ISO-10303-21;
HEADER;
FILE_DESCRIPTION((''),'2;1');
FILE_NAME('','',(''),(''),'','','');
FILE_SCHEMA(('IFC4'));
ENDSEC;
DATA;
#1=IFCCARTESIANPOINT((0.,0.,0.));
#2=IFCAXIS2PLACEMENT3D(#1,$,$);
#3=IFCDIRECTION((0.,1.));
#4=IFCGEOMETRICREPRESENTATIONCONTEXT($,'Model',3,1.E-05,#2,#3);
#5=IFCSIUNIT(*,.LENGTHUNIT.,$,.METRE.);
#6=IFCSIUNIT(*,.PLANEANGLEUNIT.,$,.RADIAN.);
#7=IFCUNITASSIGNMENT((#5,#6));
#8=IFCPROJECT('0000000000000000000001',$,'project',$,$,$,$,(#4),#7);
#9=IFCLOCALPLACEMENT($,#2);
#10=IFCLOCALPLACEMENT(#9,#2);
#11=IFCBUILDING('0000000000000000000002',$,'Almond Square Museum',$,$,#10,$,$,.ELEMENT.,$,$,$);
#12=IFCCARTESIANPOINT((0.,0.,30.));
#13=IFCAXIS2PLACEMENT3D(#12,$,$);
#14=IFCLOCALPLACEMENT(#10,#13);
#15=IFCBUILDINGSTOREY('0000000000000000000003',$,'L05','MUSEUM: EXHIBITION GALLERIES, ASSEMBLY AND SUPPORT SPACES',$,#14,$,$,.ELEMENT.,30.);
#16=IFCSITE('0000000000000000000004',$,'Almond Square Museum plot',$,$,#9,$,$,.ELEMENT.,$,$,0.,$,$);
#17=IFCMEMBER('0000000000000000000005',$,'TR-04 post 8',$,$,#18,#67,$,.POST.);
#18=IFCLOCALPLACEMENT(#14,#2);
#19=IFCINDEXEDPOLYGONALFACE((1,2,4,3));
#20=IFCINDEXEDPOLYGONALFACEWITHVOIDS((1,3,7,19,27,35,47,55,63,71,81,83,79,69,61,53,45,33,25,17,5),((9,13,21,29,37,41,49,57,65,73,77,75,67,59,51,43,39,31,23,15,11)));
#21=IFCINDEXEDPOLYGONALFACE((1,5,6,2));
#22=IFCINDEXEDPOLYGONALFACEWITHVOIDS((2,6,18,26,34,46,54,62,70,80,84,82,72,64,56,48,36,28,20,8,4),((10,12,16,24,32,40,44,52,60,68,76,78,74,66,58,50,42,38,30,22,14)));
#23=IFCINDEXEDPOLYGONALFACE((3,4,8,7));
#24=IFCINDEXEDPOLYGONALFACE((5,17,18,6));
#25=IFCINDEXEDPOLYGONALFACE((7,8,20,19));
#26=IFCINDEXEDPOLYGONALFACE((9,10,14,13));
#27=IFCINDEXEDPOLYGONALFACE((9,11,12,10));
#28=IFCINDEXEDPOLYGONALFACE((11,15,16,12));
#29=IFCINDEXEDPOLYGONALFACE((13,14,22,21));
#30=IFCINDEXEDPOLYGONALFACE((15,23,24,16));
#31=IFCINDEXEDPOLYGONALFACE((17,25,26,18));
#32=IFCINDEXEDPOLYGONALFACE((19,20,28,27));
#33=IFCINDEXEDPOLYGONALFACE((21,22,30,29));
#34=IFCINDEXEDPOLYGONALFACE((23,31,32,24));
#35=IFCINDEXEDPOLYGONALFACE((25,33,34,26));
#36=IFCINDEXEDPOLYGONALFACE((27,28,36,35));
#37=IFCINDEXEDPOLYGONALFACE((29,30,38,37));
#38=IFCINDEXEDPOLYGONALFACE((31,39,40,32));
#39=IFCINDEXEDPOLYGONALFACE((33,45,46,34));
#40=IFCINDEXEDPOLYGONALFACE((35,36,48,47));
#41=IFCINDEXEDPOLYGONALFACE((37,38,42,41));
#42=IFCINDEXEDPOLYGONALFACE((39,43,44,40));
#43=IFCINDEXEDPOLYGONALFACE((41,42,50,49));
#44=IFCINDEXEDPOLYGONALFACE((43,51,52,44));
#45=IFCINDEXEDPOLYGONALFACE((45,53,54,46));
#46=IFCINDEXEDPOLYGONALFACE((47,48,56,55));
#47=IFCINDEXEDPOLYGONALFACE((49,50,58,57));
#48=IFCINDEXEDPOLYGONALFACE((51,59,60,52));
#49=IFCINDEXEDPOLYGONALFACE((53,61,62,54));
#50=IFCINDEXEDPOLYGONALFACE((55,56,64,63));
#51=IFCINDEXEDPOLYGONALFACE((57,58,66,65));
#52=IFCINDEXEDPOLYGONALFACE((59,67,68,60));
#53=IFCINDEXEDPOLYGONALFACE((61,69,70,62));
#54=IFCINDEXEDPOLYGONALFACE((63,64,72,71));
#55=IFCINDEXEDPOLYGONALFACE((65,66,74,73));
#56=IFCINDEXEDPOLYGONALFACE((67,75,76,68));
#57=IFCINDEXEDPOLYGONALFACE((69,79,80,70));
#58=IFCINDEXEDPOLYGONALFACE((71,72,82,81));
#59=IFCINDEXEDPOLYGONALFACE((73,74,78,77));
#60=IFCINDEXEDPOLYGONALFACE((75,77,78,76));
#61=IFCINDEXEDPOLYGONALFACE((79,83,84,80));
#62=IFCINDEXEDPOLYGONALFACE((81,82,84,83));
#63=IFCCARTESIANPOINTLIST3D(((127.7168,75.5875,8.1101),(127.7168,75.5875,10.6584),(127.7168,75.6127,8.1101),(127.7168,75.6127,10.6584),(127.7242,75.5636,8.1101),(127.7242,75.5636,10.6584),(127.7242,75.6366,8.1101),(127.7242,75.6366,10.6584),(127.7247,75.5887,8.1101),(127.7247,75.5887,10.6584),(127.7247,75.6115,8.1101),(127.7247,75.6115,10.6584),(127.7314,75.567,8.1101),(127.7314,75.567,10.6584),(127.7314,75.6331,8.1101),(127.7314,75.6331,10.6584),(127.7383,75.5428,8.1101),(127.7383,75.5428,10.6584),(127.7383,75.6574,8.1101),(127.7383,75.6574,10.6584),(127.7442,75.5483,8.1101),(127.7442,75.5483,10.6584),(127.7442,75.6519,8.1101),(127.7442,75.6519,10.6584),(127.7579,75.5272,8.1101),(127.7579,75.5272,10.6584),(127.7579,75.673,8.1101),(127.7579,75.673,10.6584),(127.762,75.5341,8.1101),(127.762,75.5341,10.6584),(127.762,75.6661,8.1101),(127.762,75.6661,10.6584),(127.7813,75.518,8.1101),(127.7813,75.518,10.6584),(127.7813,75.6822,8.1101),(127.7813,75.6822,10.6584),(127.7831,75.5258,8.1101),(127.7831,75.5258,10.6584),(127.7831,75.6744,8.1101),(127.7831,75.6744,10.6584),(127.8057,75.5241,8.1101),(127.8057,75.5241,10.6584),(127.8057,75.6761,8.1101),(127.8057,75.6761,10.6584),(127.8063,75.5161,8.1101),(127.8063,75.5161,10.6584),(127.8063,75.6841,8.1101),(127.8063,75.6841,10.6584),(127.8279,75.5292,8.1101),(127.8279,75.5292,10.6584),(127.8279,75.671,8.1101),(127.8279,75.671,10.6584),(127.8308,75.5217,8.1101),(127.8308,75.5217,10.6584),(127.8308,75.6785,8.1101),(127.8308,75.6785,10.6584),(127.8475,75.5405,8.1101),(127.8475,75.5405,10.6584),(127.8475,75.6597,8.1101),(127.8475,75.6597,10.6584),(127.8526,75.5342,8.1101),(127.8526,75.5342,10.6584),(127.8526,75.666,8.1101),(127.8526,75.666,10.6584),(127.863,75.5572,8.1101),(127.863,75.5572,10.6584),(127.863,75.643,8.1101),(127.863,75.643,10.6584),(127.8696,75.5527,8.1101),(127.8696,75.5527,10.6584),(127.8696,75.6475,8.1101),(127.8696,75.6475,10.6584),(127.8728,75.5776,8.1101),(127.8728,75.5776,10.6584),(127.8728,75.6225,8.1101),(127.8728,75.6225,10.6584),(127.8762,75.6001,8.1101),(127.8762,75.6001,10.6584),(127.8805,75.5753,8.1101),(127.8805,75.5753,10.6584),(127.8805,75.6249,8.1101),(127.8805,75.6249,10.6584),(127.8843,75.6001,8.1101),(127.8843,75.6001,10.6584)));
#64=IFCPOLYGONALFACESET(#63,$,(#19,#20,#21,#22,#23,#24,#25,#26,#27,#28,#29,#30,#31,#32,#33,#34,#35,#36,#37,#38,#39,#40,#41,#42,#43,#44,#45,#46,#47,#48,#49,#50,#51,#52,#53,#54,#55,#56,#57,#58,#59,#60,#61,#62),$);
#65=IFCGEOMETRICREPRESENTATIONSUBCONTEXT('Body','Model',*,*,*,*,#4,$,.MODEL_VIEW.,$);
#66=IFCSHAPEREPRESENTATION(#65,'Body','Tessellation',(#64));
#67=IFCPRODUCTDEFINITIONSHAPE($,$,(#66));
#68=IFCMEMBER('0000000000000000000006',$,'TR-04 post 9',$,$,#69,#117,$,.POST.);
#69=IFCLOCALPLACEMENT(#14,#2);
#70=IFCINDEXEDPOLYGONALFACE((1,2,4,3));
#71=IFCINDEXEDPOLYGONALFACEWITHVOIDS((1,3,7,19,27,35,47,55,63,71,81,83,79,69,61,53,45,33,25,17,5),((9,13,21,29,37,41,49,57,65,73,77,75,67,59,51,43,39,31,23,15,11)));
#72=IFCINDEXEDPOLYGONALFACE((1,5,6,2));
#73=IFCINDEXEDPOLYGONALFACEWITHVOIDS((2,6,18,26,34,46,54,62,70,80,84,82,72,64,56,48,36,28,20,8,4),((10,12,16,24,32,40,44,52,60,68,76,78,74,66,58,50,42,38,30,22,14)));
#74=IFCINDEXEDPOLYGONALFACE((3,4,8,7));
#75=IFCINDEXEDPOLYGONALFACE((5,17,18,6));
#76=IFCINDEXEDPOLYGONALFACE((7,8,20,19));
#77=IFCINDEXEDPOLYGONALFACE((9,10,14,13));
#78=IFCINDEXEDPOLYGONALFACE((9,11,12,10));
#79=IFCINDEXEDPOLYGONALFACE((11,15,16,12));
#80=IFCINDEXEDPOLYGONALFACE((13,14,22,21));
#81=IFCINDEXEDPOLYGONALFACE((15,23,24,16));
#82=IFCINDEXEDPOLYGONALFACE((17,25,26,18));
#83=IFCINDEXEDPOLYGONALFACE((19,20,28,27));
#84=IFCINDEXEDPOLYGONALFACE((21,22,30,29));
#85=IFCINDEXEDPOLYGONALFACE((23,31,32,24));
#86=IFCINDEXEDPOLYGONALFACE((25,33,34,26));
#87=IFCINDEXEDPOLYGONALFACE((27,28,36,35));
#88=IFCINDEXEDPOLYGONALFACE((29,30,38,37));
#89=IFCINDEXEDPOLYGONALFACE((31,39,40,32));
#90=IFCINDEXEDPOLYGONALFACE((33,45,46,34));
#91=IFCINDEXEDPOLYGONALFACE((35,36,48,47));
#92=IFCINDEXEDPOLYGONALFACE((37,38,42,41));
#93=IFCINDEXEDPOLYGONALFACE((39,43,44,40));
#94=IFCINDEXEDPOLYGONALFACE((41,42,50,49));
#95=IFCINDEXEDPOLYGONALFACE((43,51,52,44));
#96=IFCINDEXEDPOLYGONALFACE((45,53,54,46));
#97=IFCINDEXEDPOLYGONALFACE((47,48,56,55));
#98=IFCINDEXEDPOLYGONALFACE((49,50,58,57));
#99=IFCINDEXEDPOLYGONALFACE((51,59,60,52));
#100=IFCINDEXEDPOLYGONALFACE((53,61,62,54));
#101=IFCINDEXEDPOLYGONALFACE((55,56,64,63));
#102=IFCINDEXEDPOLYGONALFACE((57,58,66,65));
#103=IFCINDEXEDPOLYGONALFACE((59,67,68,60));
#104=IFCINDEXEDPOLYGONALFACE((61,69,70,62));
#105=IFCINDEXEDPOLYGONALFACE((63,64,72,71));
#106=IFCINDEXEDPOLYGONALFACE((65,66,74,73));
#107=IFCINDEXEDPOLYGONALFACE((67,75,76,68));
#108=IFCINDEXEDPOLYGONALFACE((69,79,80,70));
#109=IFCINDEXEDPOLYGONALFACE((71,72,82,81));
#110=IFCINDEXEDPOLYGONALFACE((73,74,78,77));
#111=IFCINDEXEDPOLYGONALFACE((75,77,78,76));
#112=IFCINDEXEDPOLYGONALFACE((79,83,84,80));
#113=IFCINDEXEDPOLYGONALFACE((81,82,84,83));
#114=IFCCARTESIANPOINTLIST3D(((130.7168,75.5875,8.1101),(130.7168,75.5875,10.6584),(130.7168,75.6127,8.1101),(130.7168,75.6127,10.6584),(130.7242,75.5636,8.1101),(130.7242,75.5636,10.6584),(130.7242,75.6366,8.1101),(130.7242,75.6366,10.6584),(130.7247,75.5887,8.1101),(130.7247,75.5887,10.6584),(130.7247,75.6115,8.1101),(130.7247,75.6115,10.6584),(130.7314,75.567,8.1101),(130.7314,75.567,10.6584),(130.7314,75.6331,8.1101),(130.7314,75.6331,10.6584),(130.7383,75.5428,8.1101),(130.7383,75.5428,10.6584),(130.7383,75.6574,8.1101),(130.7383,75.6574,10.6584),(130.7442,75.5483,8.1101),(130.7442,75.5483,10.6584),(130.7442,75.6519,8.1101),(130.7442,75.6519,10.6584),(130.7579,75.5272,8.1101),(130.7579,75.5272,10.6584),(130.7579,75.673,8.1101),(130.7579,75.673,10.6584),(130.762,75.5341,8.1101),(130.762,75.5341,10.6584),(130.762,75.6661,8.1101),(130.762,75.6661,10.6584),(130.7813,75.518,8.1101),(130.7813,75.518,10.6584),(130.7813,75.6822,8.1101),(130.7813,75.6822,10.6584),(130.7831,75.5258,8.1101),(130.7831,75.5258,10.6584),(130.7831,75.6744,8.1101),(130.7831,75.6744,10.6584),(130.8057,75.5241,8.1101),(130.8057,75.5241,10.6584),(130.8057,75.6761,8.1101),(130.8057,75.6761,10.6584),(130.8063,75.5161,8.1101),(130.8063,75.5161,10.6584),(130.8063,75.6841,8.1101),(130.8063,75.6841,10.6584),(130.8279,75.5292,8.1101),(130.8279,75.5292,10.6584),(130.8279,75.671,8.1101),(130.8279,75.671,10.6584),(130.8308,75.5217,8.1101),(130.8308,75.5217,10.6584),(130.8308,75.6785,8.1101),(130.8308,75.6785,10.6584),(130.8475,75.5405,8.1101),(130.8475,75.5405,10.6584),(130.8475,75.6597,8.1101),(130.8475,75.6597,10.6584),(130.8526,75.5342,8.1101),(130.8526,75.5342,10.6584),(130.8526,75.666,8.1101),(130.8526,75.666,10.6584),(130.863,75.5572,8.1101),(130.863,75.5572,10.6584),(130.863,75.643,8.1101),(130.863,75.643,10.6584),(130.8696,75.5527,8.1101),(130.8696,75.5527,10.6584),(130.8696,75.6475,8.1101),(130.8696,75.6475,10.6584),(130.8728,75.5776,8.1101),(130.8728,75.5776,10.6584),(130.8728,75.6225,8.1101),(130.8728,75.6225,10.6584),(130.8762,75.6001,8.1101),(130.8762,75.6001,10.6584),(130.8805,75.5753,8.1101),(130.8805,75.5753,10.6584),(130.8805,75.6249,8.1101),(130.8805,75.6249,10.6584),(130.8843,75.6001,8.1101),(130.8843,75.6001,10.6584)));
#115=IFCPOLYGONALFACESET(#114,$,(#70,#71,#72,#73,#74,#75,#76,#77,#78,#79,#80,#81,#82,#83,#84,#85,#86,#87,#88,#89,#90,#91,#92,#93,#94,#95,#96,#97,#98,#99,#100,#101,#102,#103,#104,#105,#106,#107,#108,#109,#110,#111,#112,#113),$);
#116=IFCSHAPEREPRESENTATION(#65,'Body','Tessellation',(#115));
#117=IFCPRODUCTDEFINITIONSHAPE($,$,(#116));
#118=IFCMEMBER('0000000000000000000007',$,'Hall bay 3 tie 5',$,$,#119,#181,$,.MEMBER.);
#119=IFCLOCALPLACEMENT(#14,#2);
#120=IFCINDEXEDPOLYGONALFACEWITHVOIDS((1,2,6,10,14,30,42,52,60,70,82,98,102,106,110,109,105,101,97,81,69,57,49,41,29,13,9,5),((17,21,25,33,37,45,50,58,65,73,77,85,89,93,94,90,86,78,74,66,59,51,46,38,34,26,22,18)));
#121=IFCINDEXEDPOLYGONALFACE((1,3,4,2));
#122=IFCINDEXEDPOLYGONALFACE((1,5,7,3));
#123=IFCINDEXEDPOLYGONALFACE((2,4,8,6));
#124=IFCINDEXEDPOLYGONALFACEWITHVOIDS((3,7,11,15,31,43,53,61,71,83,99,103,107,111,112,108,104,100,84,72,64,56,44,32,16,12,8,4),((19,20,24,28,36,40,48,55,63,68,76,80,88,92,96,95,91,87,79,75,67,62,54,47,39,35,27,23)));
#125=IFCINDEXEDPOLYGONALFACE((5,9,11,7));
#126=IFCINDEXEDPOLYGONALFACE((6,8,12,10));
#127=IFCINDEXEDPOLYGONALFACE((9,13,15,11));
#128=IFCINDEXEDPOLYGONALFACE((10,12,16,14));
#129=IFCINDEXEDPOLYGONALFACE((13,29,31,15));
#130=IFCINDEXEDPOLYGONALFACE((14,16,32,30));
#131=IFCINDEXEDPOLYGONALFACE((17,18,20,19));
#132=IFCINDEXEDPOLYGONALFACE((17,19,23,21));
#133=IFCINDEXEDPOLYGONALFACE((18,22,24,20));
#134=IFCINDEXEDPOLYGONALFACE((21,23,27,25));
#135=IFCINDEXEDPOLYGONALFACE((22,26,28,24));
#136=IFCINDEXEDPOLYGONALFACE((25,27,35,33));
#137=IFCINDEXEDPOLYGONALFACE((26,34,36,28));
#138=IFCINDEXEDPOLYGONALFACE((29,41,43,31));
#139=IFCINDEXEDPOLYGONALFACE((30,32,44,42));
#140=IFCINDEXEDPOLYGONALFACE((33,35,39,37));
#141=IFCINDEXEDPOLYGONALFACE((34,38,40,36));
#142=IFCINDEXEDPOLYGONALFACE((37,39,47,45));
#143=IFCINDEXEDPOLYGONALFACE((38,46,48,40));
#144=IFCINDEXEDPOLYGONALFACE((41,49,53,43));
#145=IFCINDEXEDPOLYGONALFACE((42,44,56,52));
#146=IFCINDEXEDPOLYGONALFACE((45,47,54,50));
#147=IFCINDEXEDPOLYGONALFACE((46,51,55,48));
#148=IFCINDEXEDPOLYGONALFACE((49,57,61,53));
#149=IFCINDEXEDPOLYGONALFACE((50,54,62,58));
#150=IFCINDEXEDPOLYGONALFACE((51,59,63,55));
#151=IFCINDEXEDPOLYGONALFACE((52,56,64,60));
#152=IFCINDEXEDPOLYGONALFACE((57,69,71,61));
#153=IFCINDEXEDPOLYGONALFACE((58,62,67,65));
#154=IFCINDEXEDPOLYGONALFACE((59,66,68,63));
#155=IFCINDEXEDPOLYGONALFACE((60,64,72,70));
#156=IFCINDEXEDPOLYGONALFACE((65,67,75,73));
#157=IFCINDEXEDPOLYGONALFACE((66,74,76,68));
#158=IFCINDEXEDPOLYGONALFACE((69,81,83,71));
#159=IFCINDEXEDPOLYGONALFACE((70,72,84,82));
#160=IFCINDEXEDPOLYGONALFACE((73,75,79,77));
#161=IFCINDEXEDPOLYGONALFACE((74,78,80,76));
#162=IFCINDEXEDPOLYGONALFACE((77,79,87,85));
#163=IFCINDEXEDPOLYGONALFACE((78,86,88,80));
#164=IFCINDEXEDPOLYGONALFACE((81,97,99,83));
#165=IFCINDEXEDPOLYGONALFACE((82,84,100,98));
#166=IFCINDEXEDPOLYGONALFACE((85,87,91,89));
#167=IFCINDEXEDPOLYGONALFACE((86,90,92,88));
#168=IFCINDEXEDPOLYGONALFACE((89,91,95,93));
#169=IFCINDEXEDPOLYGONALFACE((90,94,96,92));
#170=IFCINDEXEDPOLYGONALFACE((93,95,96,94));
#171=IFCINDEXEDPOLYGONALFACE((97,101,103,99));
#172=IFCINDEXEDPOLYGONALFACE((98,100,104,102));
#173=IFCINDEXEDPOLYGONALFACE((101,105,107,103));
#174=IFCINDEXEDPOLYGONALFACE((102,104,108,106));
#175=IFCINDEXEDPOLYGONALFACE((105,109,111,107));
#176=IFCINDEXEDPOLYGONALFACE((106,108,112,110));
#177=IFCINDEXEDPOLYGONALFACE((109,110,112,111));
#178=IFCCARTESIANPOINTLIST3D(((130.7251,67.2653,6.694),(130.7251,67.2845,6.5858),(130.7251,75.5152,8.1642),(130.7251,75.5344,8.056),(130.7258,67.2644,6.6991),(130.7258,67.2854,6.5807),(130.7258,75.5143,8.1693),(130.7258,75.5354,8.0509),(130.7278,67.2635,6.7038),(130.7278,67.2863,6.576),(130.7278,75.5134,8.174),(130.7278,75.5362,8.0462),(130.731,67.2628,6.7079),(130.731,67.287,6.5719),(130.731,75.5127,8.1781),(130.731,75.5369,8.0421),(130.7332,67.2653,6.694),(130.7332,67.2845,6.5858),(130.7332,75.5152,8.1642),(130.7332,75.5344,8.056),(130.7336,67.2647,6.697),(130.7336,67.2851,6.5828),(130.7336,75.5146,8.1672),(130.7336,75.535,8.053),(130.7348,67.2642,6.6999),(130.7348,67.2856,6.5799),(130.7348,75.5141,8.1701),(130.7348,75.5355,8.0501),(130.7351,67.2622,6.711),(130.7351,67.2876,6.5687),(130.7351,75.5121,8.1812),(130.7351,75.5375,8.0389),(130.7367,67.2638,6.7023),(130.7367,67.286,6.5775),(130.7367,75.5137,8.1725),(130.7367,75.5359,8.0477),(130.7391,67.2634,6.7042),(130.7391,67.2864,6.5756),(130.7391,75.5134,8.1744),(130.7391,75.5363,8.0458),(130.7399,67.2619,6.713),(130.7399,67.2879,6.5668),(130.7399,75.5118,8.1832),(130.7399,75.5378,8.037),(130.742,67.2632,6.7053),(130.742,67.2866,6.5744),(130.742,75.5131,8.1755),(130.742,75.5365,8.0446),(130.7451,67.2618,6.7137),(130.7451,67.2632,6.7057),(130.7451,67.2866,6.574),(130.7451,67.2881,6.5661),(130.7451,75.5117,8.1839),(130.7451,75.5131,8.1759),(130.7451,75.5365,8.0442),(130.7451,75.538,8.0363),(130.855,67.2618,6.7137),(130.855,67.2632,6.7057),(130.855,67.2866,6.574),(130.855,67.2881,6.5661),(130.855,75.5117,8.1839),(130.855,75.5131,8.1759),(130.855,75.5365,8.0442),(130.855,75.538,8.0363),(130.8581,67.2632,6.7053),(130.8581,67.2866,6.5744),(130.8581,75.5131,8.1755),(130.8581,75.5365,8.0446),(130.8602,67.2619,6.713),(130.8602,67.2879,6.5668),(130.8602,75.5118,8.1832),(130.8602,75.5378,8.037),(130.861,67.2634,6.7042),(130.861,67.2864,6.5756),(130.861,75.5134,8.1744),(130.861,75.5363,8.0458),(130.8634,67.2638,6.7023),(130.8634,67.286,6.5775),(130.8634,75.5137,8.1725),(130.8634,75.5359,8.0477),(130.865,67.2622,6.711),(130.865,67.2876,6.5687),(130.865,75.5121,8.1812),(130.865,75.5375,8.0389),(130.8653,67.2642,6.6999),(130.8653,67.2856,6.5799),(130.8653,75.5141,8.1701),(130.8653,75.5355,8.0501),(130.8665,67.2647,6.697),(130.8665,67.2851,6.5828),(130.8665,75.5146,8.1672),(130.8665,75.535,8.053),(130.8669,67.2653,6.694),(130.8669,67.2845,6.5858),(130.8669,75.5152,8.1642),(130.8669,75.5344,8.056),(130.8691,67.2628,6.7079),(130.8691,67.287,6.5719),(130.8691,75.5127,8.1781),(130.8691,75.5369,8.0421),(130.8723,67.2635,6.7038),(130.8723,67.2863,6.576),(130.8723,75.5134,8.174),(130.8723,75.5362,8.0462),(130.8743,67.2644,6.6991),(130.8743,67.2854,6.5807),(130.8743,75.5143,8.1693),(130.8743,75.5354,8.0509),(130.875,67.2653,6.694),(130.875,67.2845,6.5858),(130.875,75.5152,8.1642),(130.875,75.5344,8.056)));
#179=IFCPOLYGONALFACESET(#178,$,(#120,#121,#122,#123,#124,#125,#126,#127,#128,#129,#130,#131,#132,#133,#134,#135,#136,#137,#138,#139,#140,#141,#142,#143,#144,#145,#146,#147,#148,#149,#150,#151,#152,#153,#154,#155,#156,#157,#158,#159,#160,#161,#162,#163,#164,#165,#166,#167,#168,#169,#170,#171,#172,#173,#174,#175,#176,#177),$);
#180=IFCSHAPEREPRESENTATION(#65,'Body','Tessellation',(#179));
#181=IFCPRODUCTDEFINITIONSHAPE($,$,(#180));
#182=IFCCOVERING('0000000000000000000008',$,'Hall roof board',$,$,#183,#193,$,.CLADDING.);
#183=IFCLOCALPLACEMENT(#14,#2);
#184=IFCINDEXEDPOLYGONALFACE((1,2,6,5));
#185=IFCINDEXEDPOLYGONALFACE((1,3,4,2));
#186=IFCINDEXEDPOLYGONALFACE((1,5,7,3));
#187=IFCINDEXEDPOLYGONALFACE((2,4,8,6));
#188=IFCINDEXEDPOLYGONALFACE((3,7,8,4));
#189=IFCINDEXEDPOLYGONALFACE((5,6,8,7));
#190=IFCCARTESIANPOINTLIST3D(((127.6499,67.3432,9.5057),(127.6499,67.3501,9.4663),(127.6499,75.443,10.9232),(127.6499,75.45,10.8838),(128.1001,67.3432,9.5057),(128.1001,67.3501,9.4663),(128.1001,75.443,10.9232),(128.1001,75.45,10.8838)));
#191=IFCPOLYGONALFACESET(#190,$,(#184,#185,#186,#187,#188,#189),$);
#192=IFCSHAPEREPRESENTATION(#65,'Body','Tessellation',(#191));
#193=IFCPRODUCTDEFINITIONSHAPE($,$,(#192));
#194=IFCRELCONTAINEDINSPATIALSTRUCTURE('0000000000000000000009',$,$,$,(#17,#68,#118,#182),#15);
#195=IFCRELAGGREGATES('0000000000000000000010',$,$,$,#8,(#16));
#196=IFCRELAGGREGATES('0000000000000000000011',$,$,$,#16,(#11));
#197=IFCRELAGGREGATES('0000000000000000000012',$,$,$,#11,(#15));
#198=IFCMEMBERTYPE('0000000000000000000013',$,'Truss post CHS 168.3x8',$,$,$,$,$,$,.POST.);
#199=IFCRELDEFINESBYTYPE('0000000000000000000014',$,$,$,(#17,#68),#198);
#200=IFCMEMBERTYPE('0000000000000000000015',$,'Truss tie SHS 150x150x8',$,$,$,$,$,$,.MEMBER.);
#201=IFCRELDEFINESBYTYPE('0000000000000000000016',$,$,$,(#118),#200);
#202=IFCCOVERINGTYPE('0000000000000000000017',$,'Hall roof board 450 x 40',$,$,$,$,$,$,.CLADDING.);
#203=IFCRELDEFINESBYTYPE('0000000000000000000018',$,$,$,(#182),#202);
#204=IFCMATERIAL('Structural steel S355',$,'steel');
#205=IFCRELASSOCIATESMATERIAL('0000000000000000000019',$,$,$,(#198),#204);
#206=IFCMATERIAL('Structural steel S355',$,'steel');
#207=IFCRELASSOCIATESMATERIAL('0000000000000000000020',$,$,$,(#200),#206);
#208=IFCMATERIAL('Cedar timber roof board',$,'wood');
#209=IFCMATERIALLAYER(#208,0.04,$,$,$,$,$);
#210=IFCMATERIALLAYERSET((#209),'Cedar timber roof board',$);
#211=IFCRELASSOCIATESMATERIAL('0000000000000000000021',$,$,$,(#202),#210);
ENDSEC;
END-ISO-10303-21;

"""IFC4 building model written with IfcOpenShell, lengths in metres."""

from ifc_helpers import new_model, si_unit, direction, frame, origin, origin_2d, place, context, subcontext, project, spatial, polyline, hollow_rectangle, hollow_circle, outline, extrude, material, layer, layer_set, material_profile, profile_set, type_object, element, save


model = new_model("IFC4")

# Units and contexts
model_context = context("Model", 3, precision=1e-05, world=origin(), true_north=direction((0.0, 1.0)))
body_context = subcontext(model_context, "Body", "Model", "MODEL_VIEW")
ifc_project = project(units=[si_unit("LENGTHUNIT", "METRE"), si_unit("PLANEANGLEUNIT", "RADIAN")], contexts=[model_context])

# Site, building, storey
site_placement = place(None, origin())
site = spatial("IfcSite", under=ifc_project, at=site_placement, Name="Almond Square Museum plot", CompositionType="ELEMENT", RefElevation=0.0)
building_placement = place(site_placement, origin())
building = spatial("IfcBuilding", under=site, at=building_placement, Name="Almond Square Museum", CompositionType="ELEMENT")
storey_placement = place(building_placement, frame((0.0, 0.0, 30.0)))
storey = spatial("IfcBuildingStorey", under=building, at=storey_placement, Name="L05", Description="MUSEUM: EXHIBITION GALLERIES, ASSEMBLY AND SUPPORT SPACES", CompositionType="ELEMENT", Elevation=30.0)

# Members
ifc_material_1 = material(Name="Structural steel S355", Category="steel")
ifc_material_profile_1 = material_profile(ifc_material_1, hollow_circle(Radius=0.0842, WallThickness=0.0081, at=origin_2d()))
ifc_profile_set_1 = profile_set([ifc_material_profile_1], Name="Structural steel S355")
member_type_1 = type_object("IfcMemberType", Name="Truss post CHS 168.3x8", PredefinedType="POST", material=ifc_profile_set_1)
for number, where, z_axis, x_axis, name in (
    (1, (127.8, 75.6001, 8.1101), (0.0, 0.0, 1.0), (1.0, 0.0, 0.0), "TR-04 post 8"),
    (2, (130.8, 75.6001, 8.1101), (0.0, 0.0, 1.0), (1.0, 0.0, 0.0), "TR-04 post 9"),
):
    element("IfcMember", number, at=place(storey_placement, frame(where, z_axis=z_axis, x_axis=x_axis)), inside=storey, type_object=member_type_1, Name=name, PredefinedType="POST", context=body_context, shape_type="SweptSolid", body=[
        extrude(hollow_circle(Radius=0.0842, WallThickness=0.0081, at=origin_2d()), origin(), (0.0, 0.0, 1.0), 2.5483),
    ])
ifc_material_2 = material(Name="Structural steel S355", Category="steel")
ifc_material_profile_2 = material_profile(ifc_material_2, hollow_rectangle(XDim=0.1499, YDim=0.1499, WallThickness=0.0081, InnerFilletRadius=0.012, OuterFilletRadius=0.02, at=origin_2d()))
ifc_profile_set_2 = profile_set([ifc_material_profile_2], Name="Structural steel S355")
member_type_2 = type_object("IfcMemberType", Name="Truss tie SHS 150x150x8", PredefinedType="MEMBER", material=ifc_profile_set_2)
member_1_placement = place(storey_placement, frame((130.8, 67.2749, 6.6399), z_axis=(0.0, 0.984489, 0.175444), x_axis=(-1.0, 0.0, 0.0)))
element("IfcMember", 3, at=member_1_placement, inside=storey, type_object=member_type_2, Name="Hall bay 3 tie 5", PredefinedType="MEMBER", context=body_context, shape_type="SweptSolid", body=[
    extrude(hollow_rectangle(XDim=0.1499, YDim=0.1499, WallThickness=0.0081, InnerFilletRadius=0.012, OuterFilletRadius=0.02, at=origin_2d()), origin(), (0.0, 0.0, 1.0), 8.3799),
])

# Covering
ifc_material_3 = material(Name="Cedar timber roof board", Category="wood")
ifc_layer = layer(ifc_material_3, 0.04)
ifc_layer_set = layer_set([ifc_layer], Name="Cedar timber roof board")
covering_type = type_object("IfcCoveringType", Name="Hall roof board 450 x 40", PredefinedType="CLADDING", material=ifc_layer_set)
covering_1_placement = place(storey_placement, frame((128.1001, 75.45, 10.8838), z_axis=(0.0, -0.172381, 0.98503), x_axis=(-1.0, 0.0, 0.0)))
element("IfcCovering", 4, at=covering_1_placement, inside=storey, type_object=covering_type, Name="Hall roof board", PredefinedType="CLADDING", context=body_context, shape_type="SweptSolid", body=[
    extrude(outline(polyline([(0.0, 0.0), (0.4502, 0.0), (0.4502, 8.2229), (0.0, 8.2229), (0.0, 0.0)])), origin(), (0.0, 0.0, 1.0), 0.04),
])

save(model, "model.ifc")
